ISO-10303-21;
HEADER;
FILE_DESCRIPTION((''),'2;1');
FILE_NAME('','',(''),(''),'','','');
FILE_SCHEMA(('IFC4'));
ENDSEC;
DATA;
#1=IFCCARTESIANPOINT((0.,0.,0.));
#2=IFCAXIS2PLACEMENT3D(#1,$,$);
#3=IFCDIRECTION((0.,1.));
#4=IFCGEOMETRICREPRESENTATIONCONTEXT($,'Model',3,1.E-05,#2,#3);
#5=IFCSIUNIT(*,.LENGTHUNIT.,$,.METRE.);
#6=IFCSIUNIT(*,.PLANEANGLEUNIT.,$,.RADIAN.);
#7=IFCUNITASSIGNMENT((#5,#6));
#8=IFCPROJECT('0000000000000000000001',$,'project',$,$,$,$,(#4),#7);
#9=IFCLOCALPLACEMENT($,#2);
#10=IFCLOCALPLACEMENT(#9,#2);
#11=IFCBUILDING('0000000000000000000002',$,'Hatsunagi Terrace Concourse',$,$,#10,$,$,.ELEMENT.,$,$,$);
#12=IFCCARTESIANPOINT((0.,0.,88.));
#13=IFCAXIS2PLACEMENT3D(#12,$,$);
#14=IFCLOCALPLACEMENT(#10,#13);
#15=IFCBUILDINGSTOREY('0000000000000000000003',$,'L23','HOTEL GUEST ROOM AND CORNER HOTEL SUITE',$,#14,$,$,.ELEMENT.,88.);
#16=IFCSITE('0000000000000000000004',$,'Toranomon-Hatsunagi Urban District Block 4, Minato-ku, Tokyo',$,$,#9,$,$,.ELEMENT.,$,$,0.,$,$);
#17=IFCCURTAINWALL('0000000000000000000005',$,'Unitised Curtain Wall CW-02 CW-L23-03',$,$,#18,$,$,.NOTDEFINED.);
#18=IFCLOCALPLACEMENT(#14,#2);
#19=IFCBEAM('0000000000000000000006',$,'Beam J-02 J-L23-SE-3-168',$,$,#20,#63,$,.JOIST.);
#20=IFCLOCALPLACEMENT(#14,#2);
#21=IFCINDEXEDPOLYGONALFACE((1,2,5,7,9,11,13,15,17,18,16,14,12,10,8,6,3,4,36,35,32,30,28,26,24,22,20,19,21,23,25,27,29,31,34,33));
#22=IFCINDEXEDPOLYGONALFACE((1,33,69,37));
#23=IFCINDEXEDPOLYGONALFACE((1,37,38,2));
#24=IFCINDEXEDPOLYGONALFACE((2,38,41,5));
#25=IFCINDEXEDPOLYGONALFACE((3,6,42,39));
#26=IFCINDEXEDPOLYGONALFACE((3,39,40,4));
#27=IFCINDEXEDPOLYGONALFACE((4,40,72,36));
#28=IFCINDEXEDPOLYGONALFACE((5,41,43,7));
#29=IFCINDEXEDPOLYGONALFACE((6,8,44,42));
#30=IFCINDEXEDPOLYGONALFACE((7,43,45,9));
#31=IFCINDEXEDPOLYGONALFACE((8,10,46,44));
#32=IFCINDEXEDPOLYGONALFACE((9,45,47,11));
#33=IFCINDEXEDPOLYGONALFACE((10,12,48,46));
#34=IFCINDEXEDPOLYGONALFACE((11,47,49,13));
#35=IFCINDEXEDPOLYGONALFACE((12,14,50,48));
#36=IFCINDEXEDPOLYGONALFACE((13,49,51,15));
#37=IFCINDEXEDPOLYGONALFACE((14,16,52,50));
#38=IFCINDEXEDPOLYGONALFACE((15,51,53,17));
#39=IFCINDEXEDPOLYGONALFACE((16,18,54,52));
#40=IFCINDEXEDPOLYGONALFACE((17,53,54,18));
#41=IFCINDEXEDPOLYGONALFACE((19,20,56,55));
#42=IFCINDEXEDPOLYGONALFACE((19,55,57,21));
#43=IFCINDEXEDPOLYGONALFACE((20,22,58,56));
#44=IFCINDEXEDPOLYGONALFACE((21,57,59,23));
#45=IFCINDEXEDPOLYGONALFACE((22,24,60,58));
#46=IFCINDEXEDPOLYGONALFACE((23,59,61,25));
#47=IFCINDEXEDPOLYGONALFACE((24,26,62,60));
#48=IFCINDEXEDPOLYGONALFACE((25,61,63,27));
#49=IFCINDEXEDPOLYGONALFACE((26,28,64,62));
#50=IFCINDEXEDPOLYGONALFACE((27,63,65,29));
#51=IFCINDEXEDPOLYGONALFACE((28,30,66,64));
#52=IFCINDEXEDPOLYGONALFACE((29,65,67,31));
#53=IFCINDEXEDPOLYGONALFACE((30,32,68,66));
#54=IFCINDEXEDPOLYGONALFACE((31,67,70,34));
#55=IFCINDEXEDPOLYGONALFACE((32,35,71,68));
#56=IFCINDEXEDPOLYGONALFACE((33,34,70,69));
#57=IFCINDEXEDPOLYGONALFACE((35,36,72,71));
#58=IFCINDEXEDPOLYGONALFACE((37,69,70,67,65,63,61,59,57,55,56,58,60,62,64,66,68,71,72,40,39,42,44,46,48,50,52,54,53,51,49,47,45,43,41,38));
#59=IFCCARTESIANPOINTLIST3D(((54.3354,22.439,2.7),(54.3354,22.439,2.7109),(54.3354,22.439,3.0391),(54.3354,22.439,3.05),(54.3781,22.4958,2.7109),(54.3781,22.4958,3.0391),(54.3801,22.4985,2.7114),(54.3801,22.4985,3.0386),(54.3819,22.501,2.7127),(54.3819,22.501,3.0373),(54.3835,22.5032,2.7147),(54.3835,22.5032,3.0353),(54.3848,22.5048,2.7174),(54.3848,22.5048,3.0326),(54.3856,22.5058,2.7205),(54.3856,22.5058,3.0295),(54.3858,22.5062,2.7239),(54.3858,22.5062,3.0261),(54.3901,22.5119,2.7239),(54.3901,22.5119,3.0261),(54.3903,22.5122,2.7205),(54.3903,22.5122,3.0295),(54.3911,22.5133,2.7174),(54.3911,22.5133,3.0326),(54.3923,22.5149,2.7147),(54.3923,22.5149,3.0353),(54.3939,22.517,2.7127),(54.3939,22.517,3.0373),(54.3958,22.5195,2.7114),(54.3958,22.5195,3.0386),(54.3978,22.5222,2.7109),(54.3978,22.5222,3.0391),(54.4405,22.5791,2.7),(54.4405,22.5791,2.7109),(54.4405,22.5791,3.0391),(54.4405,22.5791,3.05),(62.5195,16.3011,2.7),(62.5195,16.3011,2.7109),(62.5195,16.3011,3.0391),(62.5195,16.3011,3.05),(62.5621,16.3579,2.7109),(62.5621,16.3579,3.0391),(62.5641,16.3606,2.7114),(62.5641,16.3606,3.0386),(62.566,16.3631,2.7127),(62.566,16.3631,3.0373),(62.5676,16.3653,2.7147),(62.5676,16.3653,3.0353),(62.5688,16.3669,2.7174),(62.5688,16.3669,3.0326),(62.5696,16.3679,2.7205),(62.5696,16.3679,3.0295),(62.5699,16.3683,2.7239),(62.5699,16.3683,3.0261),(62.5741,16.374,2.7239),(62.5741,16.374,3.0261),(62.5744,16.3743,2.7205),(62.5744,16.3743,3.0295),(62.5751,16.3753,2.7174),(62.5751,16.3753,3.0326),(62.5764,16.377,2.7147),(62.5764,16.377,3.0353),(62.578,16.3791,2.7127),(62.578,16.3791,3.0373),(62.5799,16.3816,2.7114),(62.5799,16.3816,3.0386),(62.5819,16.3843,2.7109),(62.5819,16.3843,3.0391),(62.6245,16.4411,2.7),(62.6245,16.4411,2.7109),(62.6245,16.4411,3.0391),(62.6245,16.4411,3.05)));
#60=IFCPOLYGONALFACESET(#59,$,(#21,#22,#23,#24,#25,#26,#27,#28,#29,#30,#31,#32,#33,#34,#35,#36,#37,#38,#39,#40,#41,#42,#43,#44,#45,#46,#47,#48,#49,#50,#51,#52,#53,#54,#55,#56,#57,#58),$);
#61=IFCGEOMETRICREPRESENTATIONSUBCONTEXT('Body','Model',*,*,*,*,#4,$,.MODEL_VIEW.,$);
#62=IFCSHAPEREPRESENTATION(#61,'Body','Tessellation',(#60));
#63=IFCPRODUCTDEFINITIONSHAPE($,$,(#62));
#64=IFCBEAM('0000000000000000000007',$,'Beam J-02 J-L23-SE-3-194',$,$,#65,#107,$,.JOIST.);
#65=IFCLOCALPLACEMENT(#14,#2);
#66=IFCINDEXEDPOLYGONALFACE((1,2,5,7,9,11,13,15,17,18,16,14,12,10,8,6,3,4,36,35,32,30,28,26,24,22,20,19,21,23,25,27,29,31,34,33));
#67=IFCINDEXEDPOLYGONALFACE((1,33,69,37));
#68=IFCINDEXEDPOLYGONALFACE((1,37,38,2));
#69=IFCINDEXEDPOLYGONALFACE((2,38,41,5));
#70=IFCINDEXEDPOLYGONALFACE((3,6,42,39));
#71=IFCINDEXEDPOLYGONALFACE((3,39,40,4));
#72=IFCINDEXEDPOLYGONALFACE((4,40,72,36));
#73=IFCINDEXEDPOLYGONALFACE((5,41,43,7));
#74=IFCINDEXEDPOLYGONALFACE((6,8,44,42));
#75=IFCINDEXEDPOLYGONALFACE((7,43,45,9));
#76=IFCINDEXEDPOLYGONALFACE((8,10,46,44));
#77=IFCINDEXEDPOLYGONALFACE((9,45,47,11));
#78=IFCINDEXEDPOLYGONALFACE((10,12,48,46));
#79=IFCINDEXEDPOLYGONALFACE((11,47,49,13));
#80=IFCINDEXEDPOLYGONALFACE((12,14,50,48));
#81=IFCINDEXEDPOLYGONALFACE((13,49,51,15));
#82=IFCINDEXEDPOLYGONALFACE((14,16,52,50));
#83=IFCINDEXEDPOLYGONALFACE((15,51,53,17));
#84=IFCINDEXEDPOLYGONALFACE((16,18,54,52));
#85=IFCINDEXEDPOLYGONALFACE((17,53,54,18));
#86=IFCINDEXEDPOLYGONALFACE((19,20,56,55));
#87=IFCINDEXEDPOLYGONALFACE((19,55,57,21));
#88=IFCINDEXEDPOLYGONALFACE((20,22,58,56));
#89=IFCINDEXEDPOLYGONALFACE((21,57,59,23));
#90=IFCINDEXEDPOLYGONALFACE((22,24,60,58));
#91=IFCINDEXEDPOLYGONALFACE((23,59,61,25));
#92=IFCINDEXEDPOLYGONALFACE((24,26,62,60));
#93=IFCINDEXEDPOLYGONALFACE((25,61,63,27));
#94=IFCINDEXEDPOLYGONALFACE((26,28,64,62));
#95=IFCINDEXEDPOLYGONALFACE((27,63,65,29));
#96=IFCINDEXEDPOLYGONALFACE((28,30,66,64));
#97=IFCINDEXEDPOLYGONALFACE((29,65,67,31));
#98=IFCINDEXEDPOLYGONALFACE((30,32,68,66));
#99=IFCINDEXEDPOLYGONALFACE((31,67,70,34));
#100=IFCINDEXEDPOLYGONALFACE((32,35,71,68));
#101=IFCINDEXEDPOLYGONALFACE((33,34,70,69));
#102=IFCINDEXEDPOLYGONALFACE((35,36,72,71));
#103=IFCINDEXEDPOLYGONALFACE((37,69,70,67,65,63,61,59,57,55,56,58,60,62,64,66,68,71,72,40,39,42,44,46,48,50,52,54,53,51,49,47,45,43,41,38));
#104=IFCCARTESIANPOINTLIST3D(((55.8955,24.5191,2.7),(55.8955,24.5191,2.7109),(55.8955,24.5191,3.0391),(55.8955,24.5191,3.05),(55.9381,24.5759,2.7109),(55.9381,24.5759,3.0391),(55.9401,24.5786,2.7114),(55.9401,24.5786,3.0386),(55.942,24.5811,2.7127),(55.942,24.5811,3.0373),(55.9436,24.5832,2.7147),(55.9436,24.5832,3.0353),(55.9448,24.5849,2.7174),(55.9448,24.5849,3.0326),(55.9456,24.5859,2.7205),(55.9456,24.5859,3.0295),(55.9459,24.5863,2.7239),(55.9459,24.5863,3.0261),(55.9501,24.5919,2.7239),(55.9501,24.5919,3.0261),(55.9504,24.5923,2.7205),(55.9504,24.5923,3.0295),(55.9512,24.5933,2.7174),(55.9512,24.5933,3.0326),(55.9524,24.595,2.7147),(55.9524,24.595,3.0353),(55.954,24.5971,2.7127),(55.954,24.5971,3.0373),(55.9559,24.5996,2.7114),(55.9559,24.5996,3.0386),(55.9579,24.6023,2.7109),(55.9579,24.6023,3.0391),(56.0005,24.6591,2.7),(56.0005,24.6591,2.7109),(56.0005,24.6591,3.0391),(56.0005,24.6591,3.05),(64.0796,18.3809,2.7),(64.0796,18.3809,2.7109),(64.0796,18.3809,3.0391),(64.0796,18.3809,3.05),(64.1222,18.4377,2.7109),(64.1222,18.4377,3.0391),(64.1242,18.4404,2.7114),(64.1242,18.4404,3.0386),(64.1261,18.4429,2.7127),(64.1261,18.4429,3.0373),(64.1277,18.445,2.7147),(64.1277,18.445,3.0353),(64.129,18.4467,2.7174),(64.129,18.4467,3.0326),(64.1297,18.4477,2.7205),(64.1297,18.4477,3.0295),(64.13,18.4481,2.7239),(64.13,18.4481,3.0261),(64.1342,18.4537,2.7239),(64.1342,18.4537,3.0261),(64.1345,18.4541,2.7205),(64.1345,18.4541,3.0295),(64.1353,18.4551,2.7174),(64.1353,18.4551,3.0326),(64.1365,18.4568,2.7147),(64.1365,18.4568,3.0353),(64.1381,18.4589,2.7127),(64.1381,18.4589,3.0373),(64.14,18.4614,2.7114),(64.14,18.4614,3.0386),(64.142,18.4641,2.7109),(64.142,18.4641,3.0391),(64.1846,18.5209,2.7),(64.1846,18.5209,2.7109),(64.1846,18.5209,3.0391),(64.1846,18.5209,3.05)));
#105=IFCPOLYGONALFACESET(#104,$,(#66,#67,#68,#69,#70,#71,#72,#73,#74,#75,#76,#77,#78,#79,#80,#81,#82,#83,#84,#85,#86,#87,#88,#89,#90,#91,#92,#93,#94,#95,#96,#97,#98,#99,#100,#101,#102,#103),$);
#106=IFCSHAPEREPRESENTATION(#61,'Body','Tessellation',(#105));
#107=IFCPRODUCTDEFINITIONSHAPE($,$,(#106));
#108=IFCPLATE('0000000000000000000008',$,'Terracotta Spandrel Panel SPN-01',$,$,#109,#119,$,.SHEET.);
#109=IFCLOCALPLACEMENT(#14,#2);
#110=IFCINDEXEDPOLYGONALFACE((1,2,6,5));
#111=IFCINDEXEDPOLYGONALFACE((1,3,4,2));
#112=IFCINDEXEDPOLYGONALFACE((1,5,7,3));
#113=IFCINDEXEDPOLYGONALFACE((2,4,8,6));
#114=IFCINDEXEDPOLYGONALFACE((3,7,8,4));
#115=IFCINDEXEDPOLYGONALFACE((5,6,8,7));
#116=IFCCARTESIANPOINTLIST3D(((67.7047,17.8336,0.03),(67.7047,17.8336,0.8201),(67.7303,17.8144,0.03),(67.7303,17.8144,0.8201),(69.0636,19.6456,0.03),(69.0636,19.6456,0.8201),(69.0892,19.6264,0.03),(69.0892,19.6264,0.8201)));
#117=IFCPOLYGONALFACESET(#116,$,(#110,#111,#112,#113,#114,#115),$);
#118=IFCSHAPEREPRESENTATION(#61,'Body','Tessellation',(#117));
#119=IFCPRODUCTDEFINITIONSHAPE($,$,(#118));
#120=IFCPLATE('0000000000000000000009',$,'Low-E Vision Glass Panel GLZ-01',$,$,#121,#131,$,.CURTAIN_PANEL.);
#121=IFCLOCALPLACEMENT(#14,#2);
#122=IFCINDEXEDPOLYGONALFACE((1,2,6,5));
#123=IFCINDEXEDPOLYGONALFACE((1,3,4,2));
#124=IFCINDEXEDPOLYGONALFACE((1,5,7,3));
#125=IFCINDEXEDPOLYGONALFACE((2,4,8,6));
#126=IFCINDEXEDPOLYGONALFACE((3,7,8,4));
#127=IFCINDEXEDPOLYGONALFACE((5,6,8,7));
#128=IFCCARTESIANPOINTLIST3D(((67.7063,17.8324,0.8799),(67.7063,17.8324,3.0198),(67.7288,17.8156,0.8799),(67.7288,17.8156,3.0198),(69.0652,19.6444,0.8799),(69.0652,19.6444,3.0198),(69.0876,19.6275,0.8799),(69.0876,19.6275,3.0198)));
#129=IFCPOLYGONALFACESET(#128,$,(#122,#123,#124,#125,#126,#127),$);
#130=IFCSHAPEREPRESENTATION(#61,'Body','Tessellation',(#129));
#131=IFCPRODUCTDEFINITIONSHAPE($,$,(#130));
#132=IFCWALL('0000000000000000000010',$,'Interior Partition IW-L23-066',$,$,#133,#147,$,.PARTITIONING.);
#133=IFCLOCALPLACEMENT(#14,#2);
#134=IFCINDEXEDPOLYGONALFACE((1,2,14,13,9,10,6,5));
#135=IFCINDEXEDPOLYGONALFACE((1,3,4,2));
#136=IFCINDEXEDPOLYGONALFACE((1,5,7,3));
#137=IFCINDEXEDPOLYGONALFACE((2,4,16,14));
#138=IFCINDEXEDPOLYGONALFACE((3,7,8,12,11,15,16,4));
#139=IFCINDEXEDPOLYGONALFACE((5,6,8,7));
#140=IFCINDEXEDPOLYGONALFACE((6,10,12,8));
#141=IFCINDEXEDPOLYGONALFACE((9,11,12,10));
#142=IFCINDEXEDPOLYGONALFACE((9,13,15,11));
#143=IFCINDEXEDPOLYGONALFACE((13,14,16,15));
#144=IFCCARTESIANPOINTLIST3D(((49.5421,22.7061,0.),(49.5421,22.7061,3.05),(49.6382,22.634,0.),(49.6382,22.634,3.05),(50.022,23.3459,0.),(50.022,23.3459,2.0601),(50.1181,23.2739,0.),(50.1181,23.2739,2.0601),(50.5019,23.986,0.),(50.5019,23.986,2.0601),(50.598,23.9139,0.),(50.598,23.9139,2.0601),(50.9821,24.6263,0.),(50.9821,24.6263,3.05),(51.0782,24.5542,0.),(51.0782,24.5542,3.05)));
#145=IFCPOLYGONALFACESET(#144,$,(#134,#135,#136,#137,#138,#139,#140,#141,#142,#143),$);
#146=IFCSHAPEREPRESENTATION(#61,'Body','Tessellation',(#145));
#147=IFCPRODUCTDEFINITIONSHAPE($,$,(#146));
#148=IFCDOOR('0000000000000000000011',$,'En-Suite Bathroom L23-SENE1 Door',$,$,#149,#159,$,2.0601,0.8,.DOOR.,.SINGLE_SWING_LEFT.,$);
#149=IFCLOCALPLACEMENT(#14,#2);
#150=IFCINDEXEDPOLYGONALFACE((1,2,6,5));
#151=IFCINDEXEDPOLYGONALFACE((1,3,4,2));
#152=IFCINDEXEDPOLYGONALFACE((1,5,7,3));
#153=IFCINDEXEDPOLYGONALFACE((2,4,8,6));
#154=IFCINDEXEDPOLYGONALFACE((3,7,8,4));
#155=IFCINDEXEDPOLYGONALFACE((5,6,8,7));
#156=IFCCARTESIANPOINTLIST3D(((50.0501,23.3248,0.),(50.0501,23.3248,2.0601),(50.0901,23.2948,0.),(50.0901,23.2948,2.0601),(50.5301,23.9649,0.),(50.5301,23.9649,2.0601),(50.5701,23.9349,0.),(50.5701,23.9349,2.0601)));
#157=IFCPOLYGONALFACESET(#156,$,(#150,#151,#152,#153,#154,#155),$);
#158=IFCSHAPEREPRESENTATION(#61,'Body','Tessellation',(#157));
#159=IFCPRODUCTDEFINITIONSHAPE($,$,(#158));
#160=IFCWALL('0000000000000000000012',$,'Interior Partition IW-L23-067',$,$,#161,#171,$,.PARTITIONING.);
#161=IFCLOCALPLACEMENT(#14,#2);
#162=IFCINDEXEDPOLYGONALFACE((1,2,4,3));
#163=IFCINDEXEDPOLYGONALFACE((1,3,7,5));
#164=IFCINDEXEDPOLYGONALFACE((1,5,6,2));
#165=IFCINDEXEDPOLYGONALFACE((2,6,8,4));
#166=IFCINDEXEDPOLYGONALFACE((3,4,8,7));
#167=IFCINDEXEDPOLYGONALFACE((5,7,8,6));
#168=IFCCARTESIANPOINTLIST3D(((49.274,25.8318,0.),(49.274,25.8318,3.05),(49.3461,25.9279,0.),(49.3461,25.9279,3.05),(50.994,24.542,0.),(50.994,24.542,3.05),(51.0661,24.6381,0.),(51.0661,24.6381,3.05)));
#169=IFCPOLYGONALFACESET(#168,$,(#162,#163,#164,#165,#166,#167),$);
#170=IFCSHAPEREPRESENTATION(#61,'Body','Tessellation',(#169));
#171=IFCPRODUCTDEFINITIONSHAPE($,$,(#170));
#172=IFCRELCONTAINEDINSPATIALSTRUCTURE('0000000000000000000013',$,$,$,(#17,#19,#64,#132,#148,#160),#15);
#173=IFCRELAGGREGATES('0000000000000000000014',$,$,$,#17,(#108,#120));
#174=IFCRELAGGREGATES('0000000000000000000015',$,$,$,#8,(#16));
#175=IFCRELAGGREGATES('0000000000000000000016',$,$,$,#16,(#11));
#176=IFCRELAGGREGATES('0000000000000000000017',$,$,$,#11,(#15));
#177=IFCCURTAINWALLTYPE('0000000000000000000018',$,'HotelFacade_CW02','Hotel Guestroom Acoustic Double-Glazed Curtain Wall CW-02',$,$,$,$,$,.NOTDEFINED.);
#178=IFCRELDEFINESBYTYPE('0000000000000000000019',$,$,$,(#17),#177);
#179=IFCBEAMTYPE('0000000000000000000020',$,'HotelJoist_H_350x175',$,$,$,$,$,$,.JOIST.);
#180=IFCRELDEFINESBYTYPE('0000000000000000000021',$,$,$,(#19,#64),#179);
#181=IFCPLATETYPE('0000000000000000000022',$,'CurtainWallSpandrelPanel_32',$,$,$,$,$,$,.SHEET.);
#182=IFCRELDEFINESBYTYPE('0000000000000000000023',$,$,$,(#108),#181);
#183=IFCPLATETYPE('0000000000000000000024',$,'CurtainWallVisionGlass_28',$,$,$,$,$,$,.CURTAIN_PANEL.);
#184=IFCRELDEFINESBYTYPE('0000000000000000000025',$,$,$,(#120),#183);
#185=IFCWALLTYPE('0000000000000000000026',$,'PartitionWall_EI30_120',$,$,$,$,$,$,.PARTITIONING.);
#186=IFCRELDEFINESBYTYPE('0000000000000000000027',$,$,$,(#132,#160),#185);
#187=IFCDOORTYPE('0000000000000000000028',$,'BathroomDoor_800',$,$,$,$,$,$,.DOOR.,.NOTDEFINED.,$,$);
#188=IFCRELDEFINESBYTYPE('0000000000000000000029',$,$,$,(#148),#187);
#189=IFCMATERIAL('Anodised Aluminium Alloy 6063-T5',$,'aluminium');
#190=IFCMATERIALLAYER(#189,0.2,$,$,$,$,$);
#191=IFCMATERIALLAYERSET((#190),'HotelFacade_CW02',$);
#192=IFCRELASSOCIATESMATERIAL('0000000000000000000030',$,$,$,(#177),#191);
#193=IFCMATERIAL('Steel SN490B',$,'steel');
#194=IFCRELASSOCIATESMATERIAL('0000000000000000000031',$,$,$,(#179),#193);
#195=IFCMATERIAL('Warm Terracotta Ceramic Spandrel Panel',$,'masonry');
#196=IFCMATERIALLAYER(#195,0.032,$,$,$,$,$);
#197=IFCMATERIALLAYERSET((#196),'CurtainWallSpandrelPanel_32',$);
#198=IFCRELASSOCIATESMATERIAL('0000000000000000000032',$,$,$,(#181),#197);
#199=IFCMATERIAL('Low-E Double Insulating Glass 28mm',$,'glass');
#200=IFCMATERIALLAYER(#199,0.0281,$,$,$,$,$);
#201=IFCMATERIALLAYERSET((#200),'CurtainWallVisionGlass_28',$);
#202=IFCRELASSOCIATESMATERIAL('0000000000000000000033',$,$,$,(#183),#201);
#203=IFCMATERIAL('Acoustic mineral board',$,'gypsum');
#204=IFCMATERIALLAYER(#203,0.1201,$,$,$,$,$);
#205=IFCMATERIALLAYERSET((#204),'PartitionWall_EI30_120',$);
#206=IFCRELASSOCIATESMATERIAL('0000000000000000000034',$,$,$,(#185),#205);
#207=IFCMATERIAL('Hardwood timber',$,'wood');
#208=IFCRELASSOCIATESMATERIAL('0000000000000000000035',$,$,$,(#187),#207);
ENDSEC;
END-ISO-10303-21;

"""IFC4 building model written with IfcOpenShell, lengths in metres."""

from ifc_helpers import new_model, si_unit, direction, frame, frame_2d, origin, origin_2d, place, context, subcontext, project, spatial, rectangle, i_section, extrude, material, layer, layer_set, material_profile, profile_set, type_object, element, fill, aggregate, save


model = new_model("IFC4")

# Units and contexts
model_context = context("Model", 3, precision=1e-05, world=origin(), true_north=direction((0.0, 1.0)))
body_context = subcontext(model_context, "Body", "Model", "MODEL_VIEW")
ifc_project = project(units=[si_unit("LENGTHUNIT", "METRE"), si_unit("PLANEANGLEUNIT", "RADIAN")], contexts=[model_context])

# Site, building, storey
site_placement = place(None, origin())
site = spatial("IfcSite", under=ifc_project, at=site_placement, Name="Toranomon-Hatsunagi Urban District Block 4, Minato-ku, Tokyo", CompositionType="ELEMENT", RefElevation=0.0)
building_placement = place(site_placement, origin())
building = spatial("IfcBuilding", under=site, at=building_placement, Name="Hatsunagi Terrace Concourse", CompositionType="ELEMENT")
storey_placement = place(building_placement, frame((0.0, 0.0, 88.0)))
storey = spatial("IfcBuildingStorey", under=building, at=storey_placement, Name="L23", Description="HOTEL GUEST ROOM AND CORNER HOTEL SUITE", CompositionType="ELEMENT", Elevation=88.0)

# Curtain wall
ifc_material_1 = material(Name="Anodised Aluminium Alloy 6063-T5", Category="aluminium")
ifc_layer_1 = layer(ifc_material_1, 0.2)
ifc_layer_set_1 = layer_set([ifc_layer_1], Name="HotelFacade_CW02")
curtain_wall_type = type_object("IfcCurtainWallType", Name="HotelFacade_CW02", Description="Hotel Guestroom Acoustic Double-Glazed Curtain Wall CW-02", PredefinedType="NOTDEFINED", material=ifc_layer_set_1)
curtain_wall_placement = place(storey_placement, origin())
curtain_wall = element("IfcCurtainWall", 1, at=curtain_wall_placement, inside=storey, type_object=curtain_wall_type, Name="Unitised Curtain Wall CW-02 CW-L23-03", PredefinedType="NOTDEFINED")

# Beams
ifc_material_2 = material(Name="Steel SN490B", Category="steel")
ifc_material_profile_1 = material_profile(ifc_material_2, i_section(OverallWidth=0.175, OverallDepth=0.3501, WebThickness=0.0071, FlangeThickness=0.011, FilletRadius=0.0129, at=origin_2d()), Name="H-350x175x7x11")
ifc_profile_set_1 = profile_set([ifc_material_profile_1], Name="Steel SN490B")
beam_type = type_object("IfcBeamType", Name="HotelJoist_H_350x175", PredefinedType="JOIST", material=ifc_profile_set_1)
for number, where, z_axis, x_axis, name in (
    (2, (54.3879, 22.509, 2.875), (0.800006, -0.599992, 0.0), (0.599992, 0.800006, 0.0), "Beam J-02 J-L23-SE-3-168"),
):
    element("IfcBeam", number, at=place(storey_placement, frame(where, z_axis=z_axis, x_axis=x_axis)), inside=storey, type_object=beam_type, Name=name, PredefinedType="JOIST", context=body_context, shape_type="SweptSolid", body=[
        extrude(i_section(OverallWidth=0.175, OverallDepth=0.3501, WebThickness=0.0071, FlangeThickness=0.011, FilletRadius=0.0129, at=origin_2d()), origin(), (0.0, 0.0, 1.0), 10.23),
    ])
beam_1_placement = place(storey_placement, frame((55.948, 24.5891, 2.875), z_axis=(0.799994, -0.600008, 0.0), x_axis=(0.600008, 0.799994, 0.0)))
element("IfcBeam", 3, at=beam_1_placement, inside=storey, type_object=beam_type, Name="Beam J-02 J-L23-SE-3-194", PredefinedType="JOIST", context=body_context, shape_type="SweptSolid", body=[
    extrude(i_section(OverallWidth=0.175, OverallDepth=0.3501, WebThickness=0.0071, FlangeThickness=0.011, FilletRadius=0.0129, at=origin_2d()), origin(), (0.0, 0.0, 1.0), 10.2302),
])

# Plates
ifc_material_3 = material(Name="Warm Terracotta Ceramic Spandrel Panel", Category="masonry")
ifc_layer_2 = layer(ifc_material_3, 0.032)
ifc_layer_set_2 = layer_set([ifc_layer_2], Name="CurtainWallSpandrelPanel_32")
plate_type_1 = type_object("IfcPlateType", Name="CurtainWallSpandrelPanel_32", PredefinedType="SHEET", material=ifc_layer_set_2)
plate_1_placement = place(storey_placement, frame((68.397, 18.73, 0.03), z_axis=(0.0, 0.0, 1.0), x_axis=(-0.599969, -0.800023, 0.0)))
plate_1 = element("IfcPlate", 4, at=plate_1_placement, type_object=plate_type_1, Name="Terracotta Spandrel Panel SPN-01", PredefinedType="SHEET", context=body_context, shape_type="SweptSolid", body=[
    extrude(rectangle(XDim=2.2649, YDim=0.032, at=origin_2d()), origin(), (0.0, 0.0, 1.0), 0.79),
])
ifc_material_4 = material(Name="Low-E Double Insulating Glass 28mm", Category="glass")
ifc_layer_3 = layer(ifc_material_4, 0.0281)
ifc_layer_set_3 = layer_set([ifc_layer_3], Name="CurtainWallVisionGlass_28")
plate_type_2 = type_object("IfcPlateType", Name="CurtainWallVisionGlass_28", PredefinedType="CURTAIN_PANEL", material=ifc_layer_set_3)
plate_2_placement = place(storey_placement, frame((68.397, 18.73, 0.8799), z_axis=(0.0, 0.0, 1.0), x_axis=(-0.599969, -0.800023, 0.0)))
plate_2 = element("IfcPlate", 5, at=plate_2_placement, type_object=plate_type_2, Name="Low-E Vision Glass Panel GLZ-01", PredefinedType="CURTAIN_PANEL", context=body_context, shape_type="SweptSolid", body=[
    extrude(rectangle(XDim=2.2649, YDim=0.0281, at=origin_2d()), origin(), (0.0, 0.0, 1.0), 2.1399),
])
aggregate(curtain_wall, [plate_1, plate_2])

# Wall, opening, door
ifc_material_5 = material(Name="Acoustic mineral board", Category="gypsum")
ifc_layer_4 = layer(ifc_material_5, 0.1201)
ifc_layer_set_4 = layer_set([ifc_layer_4], Name="PartitionWall_EI30_120")
wall_type_1 = type_object("IfcWallType", Name="PartitionWall_EI30_120", PredefinedType="PARTITIONING", material=ifc_layer_set_4)
wall_1_placement = place(storey_placement, frame((49.5901, 22.6699, 0.0), z_axis=(0.0, 0.0, 1.0), x_axis=(0.599951, 0.800037, 0.0)))
wall_1 = element("IfcWall", 6, at=wall_1_placement, inside=storey, type_object=wall_type_1, Name="Interior Partition IW-L23-066", PredefinedType="PARTITIONING", context=body_context, shape_type="SweptSolid", body=[
    extrude(rectangle(XDim=2.4001, YDim=0.1201, at=frame_2d((1.2002, 0.0))), origin(), (0.0, 0.0, 1.0), 3.05),
])
opening_1_placement = place(wall_1_placement, frame((0.8, 0.0, 0.0)))
opening_1 = element("IfcOpeningElement", 7, at=opening_1_placement, cuts=wall_1, PredefinedType="OPENING", context=body_context, shape_type="SweptSolid", body=[
    extrude(rectangle(XDim=0.8, YDim=2.0601, at=frame_2d((0.3999, 1.03))), frame((0.0, 0.0701, 0.0), z_axis=(0.0, -1.0, 0.0), x_axis=(1.0, 0.0, 0.0)), (0.0, 0.0, 1.0), 0.1401),
])
ifc_material_6 = material(Name="Hardwood timber", Category="wood")
door_type_1 = type_object("IfcDoorType", Name="BathroomDoor_800", OperationType="NOTDEFINED", PredefinedType="DOOR", material=ifc_material_6)
door_1_placement = place(opening_1_placement, origin())
door_1 = element("IfcDoor", 8, at=door_1_placement, inside=storey, type_object=door_type_1, Name="En-Suite Bathroom L23-SENE1 Door", OperationType="SINGLE_SWING_LEFT", OverallHeight=2.0601, OverallWidth=0.8, PredefinedType="DOOR", context=body_context, shape_type="SweptSolid", body=[
    extrude(rectangle(XDim=0.8, YDim=2.0601, at=frame_2d((0.3999, 1.03))), frame((0.0, 0.0249, 0.0), z_axis=(0.0, -1.0, 0.0), x_axis=(1.0, 0.0, 0.0)), (0.0, 0.0, 1.0), 0.05),
])
fill(opening_1, door_1)

# Wall
wall_2_placement = place(storey_placement, frame((49.3101, 25.8799, 0.0), z_axis=(0.0, 0.0, 1.0), x_axis=(0.800041, -0.599945, 0.0)))
element("IfcWall", 9, at=wall_2_placement, inside=storey, type_object=wall_type_1, Name="Interior Partition IW-L23-067", PredefinedType="PARTITIONING", context=body_context, shape_type="SweptSolid", body=[
    extrude(rectangle(XDim=2.1499, YDim=0.1201, at=frame_2d((1.075, 0.0))), origin(), (0.0, 0.0, 1.0), 3.05),
])

save(model, "model.ifc")
